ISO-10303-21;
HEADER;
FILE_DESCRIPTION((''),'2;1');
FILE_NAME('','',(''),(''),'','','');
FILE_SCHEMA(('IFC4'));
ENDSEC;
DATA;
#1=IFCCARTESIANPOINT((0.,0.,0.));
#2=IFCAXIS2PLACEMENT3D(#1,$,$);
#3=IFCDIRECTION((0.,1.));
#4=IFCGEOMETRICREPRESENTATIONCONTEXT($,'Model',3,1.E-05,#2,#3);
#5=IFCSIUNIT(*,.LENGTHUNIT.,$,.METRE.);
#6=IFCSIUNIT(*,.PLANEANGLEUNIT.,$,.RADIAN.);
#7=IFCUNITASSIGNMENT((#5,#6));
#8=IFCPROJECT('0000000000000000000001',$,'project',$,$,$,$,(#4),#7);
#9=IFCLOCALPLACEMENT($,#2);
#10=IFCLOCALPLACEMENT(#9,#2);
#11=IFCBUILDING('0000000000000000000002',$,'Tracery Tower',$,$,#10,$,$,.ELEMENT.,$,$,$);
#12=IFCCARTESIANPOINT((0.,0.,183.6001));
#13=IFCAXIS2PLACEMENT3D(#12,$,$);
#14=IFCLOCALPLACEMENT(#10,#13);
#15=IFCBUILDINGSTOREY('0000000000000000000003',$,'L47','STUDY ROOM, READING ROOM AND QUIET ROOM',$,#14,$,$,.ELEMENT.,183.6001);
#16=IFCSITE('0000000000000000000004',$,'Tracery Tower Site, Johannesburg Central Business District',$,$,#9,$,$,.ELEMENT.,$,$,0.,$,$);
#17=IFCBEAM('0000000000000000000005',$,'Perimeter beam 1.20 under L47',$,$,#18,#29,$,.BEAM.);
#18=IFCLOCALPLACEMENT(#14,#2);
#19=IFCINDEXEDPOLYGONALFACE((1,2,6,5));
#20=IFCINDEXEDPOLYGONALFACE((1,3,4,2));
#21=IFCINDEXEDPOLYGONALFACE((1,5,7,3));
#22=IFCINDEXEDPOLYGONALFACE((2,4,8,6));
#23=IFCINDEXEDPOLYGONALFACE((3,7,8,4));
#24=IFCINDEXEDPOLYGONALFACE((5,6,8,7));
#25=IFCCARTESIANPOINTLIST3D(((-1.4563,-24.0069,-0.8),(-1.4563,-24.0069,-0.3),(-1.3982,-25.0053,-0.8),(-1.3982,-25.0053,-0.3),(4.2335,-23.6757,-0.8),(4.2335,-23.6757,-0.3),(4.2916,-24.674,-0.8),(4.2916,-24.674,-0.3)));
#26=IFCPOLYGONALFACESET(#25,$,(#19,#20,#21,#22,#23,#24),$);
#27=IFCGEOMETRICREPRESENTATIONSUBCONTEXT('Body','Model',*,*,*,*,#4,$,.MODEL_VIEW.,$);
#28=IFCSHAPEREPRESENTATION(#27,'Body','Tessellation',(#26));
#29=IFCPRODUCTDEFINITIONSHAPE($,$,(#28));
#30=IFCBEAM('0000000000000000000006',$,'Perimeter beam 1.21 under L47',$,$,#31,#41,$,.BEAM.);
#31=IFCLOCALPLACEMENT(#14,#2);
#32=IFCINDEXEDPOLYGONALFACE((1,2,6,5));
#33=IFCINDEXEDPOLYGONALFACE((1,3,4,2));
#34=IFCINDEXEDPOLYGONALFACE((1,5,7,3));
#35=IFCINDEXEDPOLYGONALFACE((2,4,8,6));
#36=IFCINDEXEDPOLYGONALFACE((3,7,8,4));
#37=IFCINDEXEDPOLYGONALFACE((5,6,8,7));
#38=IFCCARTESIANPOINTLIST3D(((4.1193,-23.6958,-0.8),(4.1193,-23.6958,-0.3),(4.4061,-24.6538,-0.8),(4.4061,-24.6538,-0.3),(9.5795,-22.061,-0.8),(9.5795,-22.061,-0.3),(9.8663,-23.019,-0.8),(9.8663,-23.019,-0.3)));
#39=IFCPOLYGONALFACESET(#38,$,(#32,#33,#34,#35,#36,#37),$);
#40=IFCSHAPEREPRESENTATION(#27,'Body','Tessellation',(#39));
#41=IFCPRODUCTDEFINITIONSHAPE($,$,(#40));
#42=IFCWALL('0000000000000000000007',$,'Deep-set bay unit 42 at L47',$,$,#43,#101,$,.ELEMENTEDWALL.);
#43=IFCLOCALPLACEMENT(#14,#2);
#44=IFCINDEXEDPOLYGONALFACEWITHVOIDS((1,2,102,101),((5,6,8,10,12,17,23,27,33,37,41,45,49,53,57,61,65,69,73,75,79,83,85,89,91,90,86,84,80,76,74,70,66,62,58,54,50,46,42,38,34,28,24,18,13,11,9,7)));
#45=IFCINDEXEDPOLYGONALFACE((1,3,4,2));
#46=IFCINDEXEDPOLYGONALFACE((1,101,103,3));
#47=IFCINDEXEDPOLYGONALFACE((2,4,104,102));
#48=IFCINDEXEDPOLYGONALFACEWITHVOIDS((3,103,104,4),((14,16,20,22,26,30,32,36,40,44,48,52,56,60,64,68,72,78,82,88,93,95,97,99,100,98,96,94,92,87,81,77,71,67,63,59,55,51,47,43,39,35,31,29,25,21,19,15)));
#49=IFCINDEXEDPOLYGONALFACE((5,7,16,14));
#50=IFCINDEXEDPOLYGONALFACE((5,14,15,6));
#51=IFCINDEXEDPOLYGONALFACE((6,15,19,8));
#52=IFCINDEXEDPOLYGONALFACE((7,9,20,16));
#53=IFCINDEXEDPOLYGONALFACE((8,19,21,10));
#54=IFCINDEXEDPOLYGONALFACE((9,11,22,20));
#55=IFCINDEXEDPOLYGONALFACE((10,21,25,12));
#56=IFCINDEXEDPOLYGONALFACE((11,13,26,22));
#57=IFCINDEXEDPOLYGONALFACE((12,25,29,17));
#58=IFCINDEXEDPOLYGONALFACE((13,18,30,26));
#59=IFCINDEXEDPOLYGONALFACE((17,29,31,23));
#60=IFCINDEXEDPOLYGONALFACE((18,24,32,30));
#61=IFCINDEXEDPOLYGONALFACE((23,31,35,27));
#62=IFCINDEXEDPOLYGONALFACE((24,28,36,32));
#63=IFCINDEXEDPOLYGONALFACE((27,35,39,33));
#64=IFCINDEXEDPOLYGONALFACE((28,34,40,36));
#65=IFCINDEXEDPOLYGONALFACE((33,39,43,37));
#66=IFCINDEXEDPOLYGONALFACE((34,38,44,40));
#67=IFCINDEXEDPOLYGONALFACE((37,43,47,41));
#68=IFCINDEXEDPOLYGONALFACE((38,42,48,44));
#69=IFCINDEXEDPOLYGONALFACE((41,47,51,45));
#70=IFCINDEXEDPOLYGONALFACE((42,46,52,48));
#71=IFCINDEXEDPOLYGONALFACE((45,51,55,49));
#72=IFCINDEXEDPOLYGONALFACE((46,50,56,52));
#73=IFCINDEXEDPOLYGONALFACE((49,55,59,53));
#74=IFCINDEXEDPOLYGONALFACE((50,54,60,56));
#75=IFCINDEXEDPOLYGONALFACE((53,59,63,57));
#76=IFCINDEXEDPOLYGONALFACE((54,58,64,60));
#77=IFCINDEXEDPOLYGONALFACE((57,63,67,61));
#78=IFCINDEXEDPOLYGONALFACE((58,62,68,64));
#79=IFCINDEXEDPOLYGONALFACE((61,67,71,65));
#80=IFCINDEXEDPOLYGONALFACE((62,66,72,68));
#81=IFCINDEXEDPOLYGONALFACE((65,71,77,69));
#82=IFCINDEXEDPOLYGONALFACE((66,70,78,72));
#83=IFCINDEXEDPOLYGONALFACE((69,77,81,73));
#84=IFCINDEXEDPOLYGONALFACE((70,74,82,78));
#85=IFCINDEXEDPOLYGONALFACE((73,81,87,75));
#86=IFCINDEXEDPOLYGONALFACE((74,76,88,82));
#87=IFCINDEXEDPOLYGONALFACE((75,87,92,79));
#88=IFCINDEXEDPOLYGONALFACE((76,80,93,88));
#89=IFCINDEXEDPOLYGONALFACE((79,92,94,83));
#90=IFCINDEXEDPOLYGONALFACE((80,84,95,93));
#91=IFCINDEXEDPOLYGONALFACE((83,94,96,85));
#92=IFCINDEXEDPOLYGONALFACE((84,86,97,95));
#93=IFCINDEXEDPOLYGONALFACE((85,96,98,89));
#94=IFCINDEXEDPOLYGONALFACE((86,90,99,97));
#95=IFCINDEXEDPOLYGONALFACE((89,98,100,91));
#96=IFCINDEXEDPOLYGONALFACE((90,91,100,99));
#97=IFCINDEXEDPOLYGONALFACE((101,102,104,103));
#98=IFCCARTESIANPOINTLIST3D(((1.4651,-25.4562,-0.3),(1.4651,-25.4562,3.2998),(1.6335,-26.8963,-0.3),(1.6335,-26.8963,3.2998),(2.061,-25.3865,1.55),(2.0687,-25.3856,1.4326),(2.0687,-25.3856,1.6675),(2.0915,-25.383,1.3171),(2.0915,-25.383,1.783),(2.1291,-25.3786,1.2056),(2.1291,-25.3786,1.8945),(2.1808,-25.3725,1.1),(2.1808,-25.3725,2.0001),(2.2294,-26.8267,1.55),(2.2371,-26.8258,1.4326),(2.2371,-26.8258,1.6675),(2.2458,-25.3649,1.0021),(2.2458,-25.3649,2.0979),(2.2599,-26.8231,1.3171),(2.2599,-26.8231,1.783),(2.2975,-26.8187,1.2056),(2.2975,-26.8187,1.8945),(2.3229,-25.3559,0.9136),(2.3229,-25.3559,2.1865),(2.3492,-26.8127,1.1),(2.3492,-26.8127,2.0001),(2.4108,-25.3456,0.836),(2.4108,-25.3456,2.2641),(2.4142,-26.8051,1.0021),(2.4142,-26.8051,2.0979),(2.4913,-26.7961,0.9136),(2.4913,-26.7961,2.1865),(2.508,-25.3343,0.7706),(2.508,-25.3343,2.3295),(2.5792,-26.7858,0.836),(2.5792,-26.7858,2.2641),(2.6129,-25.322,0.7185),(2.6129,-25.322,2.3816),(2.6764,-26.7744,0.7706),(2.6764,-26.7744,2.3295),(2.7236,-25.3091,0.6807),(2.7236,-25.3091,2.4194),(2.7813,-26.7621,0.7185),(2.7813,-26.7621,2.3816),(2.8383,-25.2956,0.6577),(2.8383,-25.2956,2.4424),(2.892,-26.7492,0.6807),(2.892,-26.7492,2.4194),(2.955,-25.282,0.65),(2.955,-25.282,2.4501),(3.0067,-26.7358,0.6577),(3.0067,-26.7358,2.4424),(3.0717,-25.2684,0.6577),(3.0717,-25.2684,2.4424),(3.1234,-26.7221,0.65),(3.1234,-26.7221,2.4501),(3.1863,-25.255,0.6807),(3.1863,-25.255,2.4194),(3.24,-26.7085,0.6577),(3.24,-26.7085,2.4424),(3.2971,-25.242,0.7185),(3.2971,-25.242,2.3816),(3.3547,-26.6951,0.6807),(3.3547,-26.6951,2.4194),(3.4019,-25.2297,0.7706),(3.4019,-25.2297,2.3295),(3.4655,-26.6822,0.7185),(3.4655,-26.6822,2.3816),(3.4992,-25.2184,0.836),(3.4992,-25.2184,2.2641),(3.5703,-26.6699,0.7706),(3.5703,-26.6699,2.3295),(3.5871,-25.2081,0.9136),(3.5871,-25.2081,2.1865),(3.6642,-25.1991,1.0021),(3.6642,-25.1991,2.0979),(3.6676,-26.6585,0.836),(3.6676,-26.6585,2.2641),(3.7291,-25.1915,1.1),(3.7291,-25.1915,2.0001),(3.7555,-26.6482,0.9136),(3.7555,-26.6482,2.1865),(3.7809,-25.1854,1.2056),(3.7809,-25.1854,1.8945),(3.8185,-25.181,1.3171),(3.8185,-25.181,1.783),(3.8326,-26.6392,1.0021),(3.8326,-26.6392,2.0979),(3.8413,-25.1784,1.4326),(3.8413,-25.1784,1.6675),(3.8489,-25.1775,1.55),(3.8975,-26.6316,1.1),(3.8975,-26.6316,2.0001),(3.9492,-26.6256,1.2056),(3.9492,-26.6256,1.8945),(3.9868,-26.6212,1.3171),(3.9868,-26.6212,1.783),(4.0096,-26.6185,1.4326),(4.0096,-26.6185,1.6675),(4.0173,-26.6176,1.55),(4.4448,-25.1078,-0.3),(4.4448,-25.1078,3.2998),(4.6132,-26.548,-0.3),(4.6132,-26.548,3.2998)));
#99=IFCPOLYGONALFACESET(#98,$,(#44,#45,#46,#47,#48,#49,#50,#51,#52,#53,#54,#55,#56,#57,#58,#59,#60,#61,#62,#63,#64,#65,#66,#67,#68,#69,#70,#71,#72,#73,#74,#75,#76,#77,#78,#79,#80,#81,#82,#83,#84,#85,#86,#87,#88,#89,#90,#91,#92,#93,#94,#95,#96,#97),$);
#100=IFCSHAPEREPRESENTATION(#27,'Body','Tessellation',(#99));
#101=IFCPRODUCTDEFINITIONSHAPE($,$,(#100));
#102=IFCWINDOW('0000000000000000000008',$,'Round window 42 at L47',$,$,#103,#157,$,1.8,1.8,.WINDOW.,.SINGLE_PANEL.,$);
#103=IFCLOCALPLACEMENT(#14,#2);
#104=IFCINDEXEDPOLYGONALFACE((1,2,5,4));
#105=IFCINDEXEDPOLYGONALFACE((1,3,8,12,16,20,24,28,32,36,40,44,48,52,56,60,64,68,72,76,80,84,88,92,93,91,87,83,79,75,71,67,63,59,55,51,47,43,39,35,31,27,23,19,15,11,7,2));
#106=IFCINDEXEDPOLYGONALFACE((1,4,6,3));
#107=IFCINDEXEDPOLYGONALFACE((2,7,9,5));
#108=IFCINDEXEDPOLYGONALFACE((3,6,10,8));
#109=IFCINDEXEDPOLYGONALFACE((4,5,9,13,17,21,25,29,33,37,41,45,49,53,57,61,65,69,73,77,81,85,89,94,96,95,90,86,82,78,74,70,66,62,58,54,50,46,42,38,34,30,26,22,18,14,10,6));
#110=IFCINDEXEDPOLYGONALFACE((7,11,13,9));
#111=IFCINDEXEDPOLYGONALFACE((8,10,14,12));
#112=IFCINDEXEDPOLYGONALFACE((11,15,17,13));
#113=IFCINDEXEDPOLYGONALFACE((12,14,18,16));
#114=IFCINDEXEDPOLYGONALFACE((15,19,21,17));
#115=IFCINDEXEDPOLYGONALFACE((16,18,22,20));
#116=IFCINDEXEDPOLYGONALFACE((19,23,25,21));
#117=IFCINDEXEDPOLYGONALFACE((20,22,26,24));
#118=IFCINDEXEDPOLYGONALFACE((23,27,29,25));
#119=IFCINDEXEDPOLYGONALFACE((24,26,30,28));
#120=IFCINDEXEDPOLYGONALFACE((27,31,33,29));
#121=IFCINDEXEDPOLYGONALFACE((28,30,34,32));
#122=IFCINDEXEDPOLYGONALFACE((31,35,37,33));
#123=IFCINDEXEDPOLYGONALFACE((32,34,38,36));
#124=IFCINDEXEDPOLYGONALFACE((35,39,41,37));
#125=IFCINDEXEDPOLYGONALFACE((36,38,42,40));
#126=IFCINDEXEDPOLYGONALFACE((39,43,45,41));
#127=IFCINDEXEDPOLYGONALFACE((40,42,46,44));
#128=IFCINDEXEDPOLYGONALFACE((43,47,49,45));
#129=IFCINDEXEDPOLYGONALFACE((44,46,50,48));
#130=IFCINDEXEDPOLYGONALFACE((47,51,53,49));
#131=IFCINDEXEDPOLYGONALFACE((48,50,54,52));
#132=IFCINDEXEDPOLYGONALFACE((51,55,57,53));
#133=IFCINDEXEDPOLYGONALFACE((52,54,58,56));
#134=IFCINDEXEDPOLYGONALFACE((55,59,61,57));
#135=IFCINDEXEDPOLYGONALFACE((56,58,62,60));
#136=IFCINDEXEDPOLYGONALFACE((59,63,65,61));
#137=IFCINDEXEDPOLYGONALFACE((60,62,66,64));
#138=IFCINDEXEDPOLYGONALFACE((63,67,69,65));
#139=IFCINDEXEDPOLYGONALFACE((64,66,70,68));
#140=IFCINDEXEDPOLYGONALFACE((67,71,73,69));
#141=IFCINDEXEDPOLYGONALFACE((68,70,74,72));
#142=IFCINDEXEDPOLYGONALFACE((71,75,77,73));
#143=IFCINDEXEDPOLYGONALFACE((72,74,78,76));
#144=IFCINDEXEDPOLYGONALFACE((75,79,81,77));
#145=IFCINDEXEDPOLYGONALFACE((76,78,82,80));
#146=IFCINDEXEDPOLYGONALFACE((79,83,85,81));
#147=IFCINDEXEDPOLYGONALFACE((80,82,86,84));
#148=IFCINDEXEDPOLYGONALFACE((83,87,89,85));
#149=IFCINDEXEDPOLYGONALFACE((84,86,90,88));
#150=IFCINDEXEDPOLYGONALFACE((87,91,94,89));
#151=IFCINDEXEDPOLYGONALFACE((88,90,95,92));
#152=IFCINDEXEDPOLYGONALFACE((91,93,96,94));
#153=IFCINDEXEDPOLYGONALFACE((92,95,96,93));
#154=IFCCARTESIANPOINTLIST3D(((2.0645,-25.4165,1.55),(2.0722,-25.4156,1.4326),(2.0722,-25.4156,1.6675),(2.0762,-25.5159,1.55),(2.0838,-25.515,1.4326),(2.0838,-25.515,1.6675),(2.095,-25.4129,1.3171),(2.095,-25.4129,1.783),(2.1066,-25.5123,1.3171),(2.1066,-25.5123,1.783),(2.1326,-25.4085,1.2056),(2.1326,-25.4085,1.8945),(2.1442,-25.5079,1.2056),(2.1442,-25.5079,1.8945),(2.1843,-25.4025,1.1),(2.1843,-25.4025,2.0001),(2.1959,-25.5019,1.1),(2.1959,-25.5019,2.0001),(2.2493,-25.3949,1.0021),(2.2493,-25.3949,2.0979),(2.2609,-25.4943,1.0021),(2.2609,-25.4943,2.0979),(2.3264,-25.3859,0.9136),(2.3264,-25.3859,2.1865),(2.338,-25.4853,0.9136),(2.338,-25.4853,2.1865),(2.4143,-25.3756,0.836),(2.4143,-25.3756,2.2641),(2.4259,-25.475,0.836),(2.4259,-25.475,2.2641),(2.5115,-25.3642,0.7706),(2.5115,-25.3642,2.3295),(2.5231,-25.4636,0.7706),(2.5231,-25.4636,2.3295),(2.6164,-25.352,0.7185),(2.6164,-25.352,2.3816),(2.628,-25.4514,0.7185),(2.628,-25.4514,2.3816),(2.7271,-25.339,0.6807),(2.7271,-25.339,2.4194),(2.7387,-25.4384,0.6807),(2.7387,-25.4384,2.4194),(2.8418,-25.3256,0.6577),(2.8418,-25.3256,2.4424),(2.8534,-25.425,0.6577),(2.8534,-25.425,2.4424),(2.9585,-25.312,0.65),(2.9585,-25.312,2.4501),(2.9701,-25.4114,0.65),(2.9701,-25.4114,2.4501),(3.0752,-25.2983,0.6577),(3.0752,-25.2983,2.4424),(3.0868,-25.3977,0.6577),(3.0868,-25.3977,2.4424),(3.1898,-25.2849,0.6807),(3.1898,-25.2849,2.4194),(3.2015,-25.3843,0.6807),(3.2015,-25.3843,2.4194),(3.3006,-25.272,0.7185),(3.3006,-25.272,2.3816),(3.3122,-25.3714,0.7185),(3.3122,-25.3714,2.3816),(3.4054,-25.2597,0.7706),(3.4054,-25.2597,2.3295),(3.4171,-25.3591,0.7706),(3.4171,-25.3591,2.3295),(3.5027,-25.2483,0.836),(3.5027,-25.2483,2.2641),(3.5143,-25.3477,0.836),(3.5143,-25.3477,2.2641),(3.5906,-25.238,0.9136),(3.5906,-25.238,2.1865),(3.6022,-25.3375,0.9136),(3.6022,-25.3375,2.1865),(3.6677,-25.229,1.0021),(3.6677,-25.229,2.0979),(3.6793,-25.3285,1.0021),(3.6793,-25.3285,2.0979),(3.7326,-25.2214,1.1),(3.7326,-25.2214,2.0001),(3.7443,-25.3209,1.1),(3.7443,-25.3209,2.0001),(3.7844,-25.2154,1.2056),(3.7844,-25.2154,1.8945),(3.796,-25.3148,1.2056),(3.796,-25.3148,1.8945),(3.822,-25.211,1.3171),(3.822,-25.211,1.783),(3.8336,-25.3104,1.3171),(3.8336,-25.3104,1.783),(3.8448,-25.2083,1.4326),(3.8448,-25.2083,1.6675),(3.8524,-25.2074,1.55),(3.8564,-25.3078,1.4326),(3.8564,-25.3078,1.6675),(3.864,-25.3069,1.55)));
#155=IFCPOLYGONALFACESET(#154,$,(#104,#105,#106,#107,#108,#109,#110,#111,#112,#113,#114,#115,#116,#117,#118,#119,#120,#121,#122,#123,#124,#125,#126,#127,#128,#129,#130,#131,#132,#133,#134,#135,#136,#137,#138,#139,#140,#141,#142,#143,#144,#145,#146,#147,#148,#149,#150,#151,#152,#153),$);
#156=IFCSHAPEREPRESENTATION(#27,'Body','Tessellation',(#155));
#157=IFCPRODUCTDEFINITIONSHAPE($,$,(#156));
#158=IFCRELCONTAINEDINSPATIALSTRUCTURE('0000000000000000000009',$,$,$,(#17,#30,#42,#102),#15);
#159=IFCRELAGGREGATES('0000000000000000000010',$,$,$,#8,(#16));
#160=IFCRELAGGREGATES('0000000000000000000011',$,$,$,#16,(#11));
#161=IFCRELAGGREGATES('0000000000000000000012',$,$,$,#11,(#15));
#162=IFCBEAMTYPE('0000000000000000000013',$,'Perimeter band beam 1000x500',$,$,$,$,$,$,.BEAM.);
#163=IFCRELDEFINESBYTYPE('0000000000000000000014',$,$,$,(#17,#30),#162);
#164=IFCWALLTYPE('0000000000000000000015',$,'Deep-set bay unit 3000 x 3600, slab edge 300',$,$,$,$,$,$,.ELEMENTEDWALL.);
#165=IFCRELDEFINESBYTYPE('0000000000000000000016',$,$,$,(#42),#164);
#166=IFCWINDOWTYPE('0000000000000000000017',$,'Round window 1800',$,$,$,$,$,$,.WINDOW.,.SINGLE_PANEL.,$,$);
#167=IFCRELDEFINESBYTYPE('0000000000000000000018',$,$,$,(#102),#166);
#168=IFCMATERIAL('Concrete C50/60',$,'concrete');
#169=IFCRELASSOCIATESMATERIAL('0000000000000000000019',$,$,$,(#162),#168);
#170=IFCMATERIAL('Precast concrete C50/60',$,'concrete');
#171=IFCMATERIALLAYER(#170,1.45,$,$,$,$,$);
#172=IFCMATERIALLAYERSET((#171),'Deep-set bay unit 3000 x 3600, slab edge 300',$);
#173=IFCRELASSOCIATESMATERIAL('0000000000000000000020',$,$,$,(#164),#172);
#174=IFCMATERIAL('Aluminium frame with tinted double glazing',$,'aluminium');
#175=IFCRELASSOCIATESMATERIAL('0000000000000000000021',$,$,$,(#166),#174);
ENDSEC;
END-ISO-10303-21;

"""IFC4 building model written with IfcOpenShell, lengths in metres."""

from ifc_helpers import new_model, si_unit, direction, frame, frame_2d, origin, origin_2d, place, context, subcontext, project, spatial, rectangle, circle, extrude, material, layer, layer_set, material_profile, profile_set, type_object, element, fill, save


model = new_model("IFC4")

# Units and contexts
model_context = context("Model", 3, precision=1e-05, world=origin(), true_north=direction((0.0, 1.0)))
body_context = subcontext(model_context, "Body", "Model", "MODEL_VIEW")
ifc_project = project(units=[si_unit("LENGTHUNIT", "METRE"), si_unit("PLANEANGLEUNIT", "RADIAN")], contexts=[model_context])

# Site, building, storey
site_placement = place(None, origin())
site = spatial("IfcSite", under=ifc_project, at=site_placement, Name="Tracery Tower Site, Johannesburg Central Business District", CompositionType="ELEMENT", RefElevation=0.0)
building_placement = place(site_placement, origin())
building = spatial("IfcBuilding", under=site, at=building_placement, Name="Tracery Tower", CompositionType="ELEMENT")
storey_placement = place(building_placement, frame((0.0, 0.0, 183.6001)))
storey = spatial("IfcBuildingStorey", under=building, at=storey_placement, Name="L47", Description="STUDY ROOM, READING ROOM AND QUIET ROOM", CompositionType="ELEMENT", Elevation=183.6001)

# Beams
ifc_material_1 = material(Name="Concrete C50/60", Category="concrete")
ifc_material_profile_1 = material_profile(ifc_material_1, rectangle(XDim=1.0, YDim=0.5, at=origin_2d()), Name="RC 1000x500")
ifc_profile_set_1 = profile_set([ifc_material_profile_1], Name="Concrete C50/60")
beam_type = type_object("IfcBeamType", Name="Perimeter band beam 1000x500", PredefinedType="BEAM", material=ifc_profile_set_1)
beam_1_placement = place(storey_placement, frame((-1.4272, -24.5061, -0.55), z_axis=(0.998309, 0.058127, 0.0), x_axis=(-0.058127, 0.998309, 0.0)))
element("IfcBeam", 1, at=beam_1_placement, inside=storey, type_object=beam_type, Name="Perimeter beam 1.20 under L47", PredefinedType="BEAM", context=body_context, shape_type="SweptSolid", body=[
    extrude(rectangle(XDim=1.0, YDim=0.5, at=origin_2d()), origin(), (0.0, 0.0, 1.0), 5.6995),
])
beam_2_placement = place(storey_placement, frame((4.2627, -24.1748, -0.55), z_axis=(0.957985, 0.286817, 0.0), x_axis=(-0.286817, 0.957985, 0.0)))
element("IfcBeam", 2, at=beam_2_placement, inside=storey, type_object=beam_type, Name="Perimeter beam 1.21 under L47", PredefinedType="BEAM", context=body_context, shape_type="SweptSolid", body=[
    extrude(rectangle(XDim=1.0, YDim=0.5, at=origin_2d()), origin(), (0.0, 0.0, 1.0), 5.6997),
])

# Wall, opening, window
ifc_material_2 = material(Name="Precast concrete C50/60", Category="concrete")
ifc_layer_1 = layer(ifc_material_2, 1.45)
ifc_layer_set_1 = layer_set([ifc_layer_1], Name="Deep-set bay unit 3000 x 3600, slab edge 300")
wall_type_1 = type_object("IfcWallType", Name="Deep-set bay unit 3000 x 3600, slab edge 300", PredefinedType="ELEMENTEDWALL", material=ifc_layer_set_1)
wall_1_placement = place(storey_placement, frame((1.5493, -26.1763, -0.3), z_axis=(0.0, 0.0, 1.0), x_axis=(0.993234, 0.116128, 0.0)))
wall_1 = element("IfcWall", 3, at=wall_1_placement, inside=storey, type_object=wall_type_1, Name="Deep-set bay unit 42 at L47", PredefinedType="ELEMENTEDWALL", context=body_context, shape_type="SweptSolid", body=[
    extrude(rectangle(XDim=3.0, YDim=1.45, at=frame_2d((1.5, 0.0))), origin(), (0.0, 0.0, 1.0), 3.5999),
])
opening_1_placement = place(wall_1_placement, frame((1.5, 0.0, 1.8501)))
opening_1 = element("IfcOpeningElement", 4, at=opening_1_placement, cuts=wall_1, PredefinedType="OPENING", context=body_context, shape_type="SweptSolid", body=[
    extrude(circle(Radius=0.9, at=origin_2d()), frame((0.0, 0.7349, 0.0), z_axis=(0.0, -1.0, 0.0), x_axis=(1.0, 0.0, 0.0)), (0.0, 0.0, 1.0), 1.47),
])
ifc_material_3 = material(Name="Aluminium frame with tinted double glazing", Category="aluminium")
window_type = type_object("IfcWindowType", Name="Round window 1800", PartitioningType="SINGLE_PANEL", PredefinedType="WINDOW", material=ifc_material_3)
window_1_placement = place(opening_1_placement, origin())
window_1 = element("IfcWindow", 5, at=window_1_placement, inside=storey, type_object=window_type, Name="Round window 42 at L47", OverallHeight=1.8, OverallWidth=1.8, PartitioningType="SINGLE_PANEL", PredefinedType="WINDOW", context=body_context, shape_type="SweptSolid", body=[
    extrude(circle(Radius=0.9, at=origin_2d()), frame((0.0, 0.6948, 0.0), z_axis=(0.0, -1.0, 0.0), x_axis=(1.0, 0.0, 0.0)), (0.0, 0.0, 1.0), 0.1001),
])
fill(opening_1, window_1)

save(model, "model.ifc")
